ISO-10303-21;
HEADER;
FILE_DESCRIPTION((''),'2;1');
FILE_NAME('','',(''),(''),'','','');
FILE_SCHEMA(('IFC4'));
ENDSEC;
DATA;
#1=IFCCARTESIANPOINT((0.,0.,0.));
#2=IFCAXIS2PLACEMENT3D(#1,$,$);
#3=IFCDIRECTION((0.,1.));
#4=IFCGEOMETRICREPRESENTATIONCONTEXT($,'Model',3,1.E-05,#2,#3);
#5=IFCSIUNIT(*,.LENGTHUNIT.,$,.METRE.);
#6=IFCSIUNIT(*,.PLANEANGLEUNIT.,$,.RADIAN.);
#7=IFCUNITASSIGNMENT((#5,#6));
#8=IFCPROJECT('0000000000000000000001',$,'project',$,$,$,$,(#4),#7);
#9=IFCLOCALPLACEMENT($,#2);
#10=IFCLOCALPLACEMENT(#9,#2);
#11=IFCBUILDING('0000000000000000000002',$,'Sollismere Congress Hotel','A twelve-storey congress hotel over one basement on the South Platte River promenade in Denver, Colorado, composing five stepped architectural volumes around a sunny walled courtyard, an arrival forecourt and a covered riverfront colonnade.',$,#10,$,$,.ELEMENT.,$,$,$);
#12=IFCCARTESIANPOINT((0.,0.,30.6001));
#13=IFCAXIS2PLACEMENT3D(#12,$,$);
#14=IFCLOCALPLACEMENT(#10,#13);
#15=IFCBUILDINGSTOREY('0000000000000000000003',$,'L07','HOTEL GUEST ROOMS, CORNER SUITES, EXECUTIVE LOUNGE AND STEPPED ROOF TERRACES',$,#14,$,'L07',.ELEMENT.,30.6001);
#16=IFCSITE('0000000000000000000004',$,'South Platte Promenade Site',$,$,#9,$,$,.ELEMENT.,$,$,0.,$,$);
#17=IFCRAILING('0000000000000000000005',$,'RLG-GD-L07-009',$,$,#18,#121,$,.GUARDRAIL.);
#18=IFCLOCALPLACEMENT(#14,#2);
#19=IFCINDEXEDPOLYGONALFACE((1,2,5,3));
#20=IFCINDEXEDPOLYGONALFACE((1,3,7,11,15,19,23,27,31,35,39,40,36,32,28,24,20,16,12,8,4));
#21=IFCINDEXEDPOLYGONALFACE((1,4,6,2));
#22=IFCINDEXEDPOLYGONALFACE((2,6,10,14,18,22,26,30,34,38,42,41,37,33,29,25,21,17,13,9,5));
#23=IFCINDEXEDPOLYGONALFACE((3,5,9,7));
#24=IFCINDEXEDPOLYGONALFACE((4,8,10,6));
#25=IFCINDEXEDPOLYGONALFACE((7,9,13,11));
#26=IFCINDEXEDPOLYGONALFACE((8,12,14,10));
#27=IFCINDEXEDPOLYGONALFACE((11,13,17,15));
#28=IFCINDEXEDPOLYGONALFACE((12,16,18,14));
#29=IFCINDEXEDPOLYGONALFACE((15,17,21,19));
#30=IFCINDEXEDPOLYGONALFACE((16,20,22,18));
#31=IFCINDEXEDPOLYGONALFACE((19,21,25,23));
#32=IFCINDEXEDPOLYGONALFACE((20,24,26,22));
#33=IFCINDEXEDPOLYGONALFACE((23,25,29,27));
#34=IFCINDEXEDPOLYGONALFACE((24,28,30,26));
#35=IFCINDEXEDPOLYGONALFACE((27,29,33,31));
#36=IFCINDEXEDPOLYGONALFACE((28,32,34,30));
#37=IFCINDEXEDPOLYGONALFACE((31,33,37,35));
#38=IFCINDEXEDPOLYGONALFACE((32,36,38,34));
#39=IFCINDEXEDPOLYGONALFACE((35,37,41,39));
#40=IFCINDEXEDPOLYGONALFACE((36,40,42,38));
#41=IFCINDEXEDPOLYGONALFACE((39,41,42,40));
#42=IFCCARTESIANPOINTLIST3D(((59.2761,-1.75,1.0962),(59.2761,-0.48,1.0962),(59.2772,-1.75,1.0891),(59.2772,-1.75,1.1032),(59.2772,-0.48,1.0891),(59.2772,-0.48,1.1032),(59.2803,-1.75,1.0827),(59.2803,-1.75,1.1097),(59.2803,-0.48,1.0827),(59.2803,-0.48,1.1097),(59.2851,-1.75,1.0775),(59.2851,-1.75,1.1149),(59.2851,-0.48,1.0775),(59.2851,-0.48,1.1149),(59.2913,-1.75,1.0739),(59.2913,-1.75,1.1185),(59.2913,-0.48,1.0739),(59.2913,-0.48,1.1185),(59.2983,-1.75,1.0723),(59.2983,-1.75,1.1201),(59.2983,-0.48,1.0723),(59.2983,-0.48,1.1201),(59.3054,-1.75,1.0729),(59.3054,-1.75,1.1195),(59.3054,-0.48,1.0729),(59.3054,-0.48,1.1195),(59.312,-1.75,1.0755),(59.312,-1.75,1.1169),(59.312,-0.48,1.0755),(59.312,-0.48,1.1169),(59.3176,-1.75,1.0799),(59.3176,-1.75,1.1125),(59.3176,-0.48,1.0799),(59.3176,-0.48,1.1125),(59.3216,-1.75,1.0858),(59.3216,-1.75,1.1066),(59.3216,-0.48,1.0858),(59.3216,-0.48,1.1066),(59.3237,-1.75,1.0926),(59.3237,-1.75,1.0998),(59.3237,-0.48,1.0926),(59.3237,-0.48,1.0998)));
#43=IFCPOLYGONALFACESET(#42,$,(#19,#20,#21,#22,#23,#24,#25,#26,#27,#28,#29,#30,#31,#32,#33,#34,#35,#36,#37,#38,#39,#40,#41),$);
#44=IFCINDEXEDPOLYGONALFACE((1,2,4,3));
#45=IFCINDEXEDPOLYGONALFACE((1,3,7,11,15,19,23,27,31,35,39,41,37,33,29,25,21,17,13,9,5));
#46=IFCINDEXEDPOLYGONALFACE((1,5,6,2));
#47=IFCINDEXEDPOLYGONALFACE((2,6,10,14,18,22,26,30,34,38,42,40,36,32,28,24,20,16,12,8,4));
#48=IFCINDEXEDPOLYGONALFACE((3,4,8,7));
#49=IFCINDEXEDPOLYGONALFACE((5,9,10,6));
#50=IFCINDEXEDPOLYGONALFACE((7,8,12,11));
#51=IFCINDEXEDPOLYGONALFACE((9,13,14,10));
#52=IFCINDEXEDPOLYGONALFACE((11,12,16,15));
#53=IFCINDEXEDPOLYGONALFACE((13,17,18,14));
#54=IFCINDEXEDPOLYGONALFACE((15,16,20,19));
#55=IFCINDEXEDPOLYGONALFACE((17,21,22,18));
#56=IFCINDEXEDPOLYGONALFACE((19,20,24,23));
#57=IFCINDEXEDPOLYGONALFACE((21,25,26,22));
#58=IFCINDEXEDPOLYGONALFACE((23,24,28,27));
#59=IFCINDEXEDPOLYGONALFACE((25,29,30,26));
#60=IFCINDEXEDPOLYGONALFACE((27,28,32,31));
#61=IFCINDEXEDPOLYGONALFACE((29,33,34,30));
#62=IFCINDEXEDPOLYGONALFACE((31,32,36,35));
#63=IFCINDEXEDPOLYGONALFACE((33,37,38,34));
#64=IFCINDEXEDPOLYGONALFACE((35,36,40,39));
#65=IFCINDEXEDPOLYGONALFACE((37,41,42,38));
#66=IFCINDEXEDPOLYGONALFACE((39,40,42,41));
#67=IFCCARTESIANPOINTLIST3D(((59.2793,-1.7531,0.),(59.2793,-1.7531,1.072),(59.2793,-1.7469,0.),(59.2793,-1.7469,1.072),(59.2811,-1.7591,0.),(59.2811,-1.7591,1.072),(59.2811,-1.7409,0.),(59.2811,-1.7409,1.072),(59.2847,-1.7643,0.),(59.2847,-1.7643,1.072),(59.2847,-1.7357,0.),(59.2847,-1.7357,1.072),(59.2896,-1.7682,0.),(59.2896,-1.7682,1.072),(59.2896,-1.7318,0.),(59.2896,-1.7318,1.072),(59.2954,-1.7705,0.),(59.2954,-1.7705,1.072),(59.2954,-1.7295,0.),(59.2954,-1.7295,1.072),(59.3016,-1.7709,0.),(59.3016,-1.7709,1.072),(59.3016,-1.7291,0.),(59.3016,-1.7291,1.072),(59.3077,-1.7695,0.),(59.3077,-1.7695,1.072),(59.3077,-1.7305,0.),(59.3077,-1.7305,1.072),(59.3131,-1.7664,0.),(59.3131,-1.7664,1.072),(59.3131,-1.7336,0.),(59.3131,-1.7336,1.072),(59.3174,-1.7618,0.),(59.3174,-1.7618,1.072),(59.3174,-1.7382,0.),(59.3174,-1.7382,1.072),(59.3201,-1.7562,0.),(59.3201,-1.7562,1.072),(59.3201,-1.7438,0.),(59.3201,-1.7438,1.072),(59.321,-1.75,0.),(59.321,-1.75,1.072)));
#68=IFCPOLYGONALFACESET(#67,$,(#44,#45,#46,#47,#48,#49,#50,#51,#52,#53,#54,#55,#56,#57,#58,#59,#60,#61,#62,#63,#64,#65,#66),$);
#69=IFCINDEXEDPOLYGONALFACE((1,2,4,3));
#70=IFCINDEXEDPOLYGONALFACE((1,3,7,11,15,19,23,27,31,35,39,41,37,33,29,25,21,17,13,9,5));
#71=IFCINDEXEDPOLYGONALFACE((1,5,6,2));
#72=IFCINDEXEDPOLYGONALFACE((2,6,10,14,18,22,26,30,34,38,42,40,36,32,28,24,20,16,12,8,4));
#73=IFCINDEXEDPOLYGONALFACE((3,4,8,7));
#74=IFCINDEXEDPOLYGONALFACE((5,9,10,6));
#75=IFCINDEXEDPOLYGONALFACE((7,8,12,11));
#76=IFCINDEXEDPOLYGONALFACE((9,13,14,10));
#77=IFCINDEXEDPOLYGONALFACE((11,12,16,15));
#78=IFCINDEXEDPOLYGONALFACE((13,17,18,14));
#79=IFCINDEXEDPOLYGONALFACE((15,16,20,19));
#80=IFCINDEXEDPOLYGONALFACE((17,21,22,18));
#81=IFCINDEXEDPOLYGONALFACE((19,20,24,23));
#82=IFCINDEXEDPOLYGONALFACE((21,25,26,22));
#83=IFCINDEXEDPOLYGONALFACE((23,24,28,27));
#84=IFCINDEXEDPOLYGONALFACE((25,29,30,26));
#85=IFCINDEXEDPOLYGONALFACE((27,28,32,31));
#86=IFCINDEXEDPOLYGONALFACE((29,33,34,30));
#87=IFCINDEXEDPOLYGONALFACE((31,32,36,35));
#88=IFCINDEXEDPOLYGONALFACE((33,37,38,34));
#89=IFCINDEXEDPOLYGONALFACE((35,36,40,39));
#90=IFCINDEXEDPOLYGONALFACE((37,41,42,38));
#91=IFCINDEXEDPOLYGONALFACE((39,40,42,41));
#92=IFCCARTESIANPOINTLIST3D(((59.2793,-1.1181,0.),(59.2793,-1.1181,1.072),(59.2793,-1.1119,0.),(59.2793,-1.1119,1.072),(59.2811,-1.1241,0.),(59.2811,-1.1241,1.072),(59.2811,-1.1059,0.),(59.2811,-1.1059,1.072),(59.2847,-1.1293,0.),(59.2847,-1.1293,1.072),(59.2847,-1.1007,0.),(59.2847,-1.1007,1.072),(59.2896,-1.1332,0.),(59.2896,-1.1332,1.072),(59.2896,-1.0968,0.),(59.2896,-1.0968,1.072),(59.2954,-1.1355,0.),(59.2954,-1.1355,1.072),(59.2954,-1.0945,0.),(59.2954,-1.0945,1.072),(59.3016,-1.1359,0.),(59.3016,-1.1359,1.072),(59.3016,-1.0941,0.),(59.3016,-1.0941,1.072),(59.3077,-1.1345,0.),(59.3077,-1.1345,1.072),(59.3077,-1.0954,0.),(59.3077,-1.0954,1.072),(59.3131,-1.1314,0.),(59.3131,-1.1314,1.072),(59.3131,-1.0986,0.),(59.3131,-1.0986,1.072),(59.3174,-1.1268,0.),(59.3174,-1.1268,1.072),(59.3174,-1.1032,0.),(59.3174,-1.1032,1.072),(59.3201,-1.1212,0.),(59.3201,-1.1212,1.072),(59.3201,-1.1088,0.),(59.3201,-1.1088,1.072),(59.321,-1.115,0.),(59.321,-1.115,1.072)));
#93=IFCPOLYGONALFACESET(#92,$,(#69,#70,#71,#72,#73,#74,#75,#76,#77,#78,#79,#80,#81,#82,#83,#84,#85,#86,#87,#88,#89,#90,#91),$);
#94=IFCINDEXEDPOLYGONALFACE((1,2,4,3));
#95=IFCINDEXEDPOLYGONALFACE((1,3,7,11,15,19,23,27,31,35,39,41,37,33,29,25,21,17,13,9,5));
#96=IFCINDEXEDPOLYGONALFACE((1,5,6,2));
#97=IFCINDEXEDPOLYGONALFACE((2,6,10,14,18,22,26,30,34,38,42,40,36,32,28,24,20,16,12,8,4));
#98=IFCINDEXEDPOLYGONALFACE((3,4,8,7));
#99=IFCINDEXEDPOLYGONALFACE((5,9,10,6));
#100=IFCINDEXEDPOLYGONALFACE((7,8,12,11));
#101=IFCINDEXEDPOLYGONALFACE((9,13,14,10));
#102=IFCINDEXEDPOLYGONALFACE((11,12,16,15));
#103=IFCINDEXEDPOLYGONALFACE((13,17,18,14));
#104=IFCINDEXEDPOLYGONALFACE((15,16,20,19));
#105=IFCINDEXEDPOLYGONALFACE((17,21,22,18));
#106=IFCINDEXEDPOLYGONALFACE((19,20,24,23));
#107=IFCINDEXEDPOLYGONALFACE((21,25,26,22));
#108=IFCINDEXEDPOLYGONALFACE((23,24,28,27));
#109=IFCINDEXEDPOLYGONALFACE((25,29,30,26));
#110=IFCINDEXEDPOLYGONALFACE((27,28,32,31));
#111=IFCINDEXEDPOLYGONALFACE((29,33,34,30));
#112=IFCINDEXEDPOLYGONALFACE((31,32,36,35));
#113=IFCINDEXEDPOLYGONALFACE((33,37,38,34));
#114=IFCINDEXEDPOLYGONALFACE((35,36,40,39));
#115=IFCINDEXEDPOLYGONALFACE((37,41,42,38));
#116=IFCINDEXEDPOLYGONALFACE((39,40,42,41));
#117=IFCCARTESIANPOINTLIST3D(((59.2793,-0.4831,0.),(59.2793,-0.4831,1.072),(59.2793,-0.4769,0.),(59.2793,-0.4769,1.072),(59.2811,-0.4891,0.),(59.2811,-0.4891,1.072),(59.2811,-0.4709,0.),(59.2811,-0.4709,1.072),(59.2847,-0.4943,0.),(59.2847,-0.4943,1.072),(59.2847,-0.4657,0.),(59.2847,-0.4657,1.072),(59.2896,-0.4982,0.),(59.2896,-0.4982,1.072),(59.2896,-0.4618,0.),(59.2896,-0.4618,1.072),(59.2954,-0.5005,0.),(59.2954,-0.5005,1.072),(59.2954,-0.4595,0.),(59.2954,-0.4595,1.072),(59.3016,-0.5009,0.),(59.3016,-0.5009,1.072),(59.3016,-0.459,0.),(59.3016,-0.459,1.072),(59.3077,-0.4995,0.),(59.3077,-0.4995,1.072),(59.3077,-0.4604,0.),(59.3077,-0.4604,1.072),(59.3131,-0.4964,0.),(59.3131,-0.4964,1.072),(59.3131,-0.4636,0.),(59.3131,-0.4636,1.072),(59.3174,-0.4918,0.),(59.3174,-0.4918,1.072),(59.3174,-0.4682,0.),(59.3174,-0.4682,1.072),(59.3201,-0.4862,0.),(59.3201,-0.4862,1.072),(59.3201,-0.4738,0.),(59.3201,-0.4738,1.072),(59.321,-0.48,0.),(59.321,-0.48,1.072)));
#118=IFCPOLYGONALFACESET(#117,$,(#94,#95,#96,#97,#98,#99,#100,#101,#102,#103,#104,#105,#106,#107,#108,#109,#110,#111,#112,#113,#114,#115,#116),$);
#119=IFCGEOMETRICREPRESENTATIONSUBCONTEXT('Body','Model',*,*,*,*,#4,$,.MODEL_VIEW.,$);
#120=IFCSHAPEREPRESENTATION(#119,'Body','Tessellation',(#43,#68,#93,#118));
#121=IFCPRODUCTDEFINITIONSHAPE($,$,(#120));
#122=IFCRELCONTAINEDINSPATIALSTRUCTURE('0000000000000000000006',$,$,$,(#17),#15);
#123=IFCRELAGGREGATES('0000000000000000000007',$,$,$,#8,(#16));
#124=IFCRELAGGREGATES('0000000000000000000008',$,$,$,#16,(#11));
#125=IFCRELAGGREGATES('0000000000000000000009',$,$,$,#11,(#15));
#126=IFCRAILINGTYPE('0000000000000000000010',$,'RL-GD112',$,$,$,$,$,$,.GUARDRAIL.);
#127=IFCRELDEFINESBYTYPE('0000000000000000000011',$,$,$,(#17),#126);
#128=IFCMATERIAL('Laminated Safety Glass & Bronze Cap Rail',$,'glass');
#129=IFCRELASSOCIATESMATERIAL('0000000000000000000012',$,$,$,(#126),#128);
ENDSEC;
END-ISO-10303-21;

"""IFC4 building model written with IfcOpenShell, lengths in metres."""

from ifc_helpers import new_model, si_unit, direction, frame, origin, origin_2d, place, context, subcontext, project, spatial, circle, extrude, material, type_object, element, save


model = new_model("IFC4")

# Units and contexts
model_context = context("Model", 3, precision=1e-05, world=origin(), true_north=direction((0.0, 1.0)))
body_context = subcontext(model_context, "Body", "Model", "MODEL_VIEW")
ifc_project = project(units=[si_unit("LENGTHUNIT", "METRE"), si_unit("PLANEANGLEUNIT", "RADIAN")], contexts=[model_context])

# Site, building, storey
site_placement = place(None, origin())
site = spatial("IfcSite", under=ifc_project, at=site_placement, Name="South Platte Promenade Site", CompositionType="ELEMENT", RefElevation=0.0)
building_placement = place(site_placement, origin())
building = spatial("IfcBuilding", under=site, at=building_placement, Name="Sollismere Congress Hotel", Description="A twelve-storey congress hotel over one basement on the South Platte River promenade in Denver, Colorado, composing five stepped architectural volumes around a sunny walled courtyard, an arrival forecourt and a covered riverfront colonnade.", CompositionType="ELEMENT")
storey_placement = place(building_placement, frame((0.0, 0.0, 30.6001)))
storey = spatial("IfcBuildingStorey", under=building, at=storey_placement, Name="L07", Description="HOTEL GUEST ROOMS, CORNER SUITES, EXECUTIVE LOUNGE AND STEPPED ROOF TERRACES", LongName="L07", CompositionType="ELEMENT", Elevation=30.6001)

# Railing
ifc_material_1 = material(Name="Laminated Safety Glass & Bronze Cap Rail", Category="glass")
railing_type = type_object("IfcRailingType", Name="RL-GD112", PredefinedType="GUARDRAIL", material=ifc_material_1)
railing_1_placement = place(storey_placement, frame((59.3, -1.75, 0.0)))
element("IfcRailing", 1, at=railing_1_placement, inside=storey, type_object=railing_type, Name="RLG-GD-L07-009", PredefinedType="GUARDRAIL", context=body_context, shape_type="SweptSolid", body=[
    extrude(circle(Radius=0.0239, at=origin_2d()), frame((0.0, 0.0, 1.0962), z_axis=(0.0, 1.0, 0.0), x_axis=(-1.0, 0.0, 0.0)), (0.0, 0.0, 1.0), 1.27),
    extrude(circle(Radius=0.021, at=origin_2d()), origin(), (0.0, 0.0, 1.0), 1.072),
    extrude(circle(Radius=0.021, at=origin_2d()), frame((0.0, 0.635, 0.0)), (0.0, 0.0, 1.0), 1.072),
    extrude(circle(Radius=0.021, at=origin_2d()), frame((0.0, 1.27, 0.0)), (0.0, 0.0, 1.0), 1.072),
])

save(model, "model.ifc")
